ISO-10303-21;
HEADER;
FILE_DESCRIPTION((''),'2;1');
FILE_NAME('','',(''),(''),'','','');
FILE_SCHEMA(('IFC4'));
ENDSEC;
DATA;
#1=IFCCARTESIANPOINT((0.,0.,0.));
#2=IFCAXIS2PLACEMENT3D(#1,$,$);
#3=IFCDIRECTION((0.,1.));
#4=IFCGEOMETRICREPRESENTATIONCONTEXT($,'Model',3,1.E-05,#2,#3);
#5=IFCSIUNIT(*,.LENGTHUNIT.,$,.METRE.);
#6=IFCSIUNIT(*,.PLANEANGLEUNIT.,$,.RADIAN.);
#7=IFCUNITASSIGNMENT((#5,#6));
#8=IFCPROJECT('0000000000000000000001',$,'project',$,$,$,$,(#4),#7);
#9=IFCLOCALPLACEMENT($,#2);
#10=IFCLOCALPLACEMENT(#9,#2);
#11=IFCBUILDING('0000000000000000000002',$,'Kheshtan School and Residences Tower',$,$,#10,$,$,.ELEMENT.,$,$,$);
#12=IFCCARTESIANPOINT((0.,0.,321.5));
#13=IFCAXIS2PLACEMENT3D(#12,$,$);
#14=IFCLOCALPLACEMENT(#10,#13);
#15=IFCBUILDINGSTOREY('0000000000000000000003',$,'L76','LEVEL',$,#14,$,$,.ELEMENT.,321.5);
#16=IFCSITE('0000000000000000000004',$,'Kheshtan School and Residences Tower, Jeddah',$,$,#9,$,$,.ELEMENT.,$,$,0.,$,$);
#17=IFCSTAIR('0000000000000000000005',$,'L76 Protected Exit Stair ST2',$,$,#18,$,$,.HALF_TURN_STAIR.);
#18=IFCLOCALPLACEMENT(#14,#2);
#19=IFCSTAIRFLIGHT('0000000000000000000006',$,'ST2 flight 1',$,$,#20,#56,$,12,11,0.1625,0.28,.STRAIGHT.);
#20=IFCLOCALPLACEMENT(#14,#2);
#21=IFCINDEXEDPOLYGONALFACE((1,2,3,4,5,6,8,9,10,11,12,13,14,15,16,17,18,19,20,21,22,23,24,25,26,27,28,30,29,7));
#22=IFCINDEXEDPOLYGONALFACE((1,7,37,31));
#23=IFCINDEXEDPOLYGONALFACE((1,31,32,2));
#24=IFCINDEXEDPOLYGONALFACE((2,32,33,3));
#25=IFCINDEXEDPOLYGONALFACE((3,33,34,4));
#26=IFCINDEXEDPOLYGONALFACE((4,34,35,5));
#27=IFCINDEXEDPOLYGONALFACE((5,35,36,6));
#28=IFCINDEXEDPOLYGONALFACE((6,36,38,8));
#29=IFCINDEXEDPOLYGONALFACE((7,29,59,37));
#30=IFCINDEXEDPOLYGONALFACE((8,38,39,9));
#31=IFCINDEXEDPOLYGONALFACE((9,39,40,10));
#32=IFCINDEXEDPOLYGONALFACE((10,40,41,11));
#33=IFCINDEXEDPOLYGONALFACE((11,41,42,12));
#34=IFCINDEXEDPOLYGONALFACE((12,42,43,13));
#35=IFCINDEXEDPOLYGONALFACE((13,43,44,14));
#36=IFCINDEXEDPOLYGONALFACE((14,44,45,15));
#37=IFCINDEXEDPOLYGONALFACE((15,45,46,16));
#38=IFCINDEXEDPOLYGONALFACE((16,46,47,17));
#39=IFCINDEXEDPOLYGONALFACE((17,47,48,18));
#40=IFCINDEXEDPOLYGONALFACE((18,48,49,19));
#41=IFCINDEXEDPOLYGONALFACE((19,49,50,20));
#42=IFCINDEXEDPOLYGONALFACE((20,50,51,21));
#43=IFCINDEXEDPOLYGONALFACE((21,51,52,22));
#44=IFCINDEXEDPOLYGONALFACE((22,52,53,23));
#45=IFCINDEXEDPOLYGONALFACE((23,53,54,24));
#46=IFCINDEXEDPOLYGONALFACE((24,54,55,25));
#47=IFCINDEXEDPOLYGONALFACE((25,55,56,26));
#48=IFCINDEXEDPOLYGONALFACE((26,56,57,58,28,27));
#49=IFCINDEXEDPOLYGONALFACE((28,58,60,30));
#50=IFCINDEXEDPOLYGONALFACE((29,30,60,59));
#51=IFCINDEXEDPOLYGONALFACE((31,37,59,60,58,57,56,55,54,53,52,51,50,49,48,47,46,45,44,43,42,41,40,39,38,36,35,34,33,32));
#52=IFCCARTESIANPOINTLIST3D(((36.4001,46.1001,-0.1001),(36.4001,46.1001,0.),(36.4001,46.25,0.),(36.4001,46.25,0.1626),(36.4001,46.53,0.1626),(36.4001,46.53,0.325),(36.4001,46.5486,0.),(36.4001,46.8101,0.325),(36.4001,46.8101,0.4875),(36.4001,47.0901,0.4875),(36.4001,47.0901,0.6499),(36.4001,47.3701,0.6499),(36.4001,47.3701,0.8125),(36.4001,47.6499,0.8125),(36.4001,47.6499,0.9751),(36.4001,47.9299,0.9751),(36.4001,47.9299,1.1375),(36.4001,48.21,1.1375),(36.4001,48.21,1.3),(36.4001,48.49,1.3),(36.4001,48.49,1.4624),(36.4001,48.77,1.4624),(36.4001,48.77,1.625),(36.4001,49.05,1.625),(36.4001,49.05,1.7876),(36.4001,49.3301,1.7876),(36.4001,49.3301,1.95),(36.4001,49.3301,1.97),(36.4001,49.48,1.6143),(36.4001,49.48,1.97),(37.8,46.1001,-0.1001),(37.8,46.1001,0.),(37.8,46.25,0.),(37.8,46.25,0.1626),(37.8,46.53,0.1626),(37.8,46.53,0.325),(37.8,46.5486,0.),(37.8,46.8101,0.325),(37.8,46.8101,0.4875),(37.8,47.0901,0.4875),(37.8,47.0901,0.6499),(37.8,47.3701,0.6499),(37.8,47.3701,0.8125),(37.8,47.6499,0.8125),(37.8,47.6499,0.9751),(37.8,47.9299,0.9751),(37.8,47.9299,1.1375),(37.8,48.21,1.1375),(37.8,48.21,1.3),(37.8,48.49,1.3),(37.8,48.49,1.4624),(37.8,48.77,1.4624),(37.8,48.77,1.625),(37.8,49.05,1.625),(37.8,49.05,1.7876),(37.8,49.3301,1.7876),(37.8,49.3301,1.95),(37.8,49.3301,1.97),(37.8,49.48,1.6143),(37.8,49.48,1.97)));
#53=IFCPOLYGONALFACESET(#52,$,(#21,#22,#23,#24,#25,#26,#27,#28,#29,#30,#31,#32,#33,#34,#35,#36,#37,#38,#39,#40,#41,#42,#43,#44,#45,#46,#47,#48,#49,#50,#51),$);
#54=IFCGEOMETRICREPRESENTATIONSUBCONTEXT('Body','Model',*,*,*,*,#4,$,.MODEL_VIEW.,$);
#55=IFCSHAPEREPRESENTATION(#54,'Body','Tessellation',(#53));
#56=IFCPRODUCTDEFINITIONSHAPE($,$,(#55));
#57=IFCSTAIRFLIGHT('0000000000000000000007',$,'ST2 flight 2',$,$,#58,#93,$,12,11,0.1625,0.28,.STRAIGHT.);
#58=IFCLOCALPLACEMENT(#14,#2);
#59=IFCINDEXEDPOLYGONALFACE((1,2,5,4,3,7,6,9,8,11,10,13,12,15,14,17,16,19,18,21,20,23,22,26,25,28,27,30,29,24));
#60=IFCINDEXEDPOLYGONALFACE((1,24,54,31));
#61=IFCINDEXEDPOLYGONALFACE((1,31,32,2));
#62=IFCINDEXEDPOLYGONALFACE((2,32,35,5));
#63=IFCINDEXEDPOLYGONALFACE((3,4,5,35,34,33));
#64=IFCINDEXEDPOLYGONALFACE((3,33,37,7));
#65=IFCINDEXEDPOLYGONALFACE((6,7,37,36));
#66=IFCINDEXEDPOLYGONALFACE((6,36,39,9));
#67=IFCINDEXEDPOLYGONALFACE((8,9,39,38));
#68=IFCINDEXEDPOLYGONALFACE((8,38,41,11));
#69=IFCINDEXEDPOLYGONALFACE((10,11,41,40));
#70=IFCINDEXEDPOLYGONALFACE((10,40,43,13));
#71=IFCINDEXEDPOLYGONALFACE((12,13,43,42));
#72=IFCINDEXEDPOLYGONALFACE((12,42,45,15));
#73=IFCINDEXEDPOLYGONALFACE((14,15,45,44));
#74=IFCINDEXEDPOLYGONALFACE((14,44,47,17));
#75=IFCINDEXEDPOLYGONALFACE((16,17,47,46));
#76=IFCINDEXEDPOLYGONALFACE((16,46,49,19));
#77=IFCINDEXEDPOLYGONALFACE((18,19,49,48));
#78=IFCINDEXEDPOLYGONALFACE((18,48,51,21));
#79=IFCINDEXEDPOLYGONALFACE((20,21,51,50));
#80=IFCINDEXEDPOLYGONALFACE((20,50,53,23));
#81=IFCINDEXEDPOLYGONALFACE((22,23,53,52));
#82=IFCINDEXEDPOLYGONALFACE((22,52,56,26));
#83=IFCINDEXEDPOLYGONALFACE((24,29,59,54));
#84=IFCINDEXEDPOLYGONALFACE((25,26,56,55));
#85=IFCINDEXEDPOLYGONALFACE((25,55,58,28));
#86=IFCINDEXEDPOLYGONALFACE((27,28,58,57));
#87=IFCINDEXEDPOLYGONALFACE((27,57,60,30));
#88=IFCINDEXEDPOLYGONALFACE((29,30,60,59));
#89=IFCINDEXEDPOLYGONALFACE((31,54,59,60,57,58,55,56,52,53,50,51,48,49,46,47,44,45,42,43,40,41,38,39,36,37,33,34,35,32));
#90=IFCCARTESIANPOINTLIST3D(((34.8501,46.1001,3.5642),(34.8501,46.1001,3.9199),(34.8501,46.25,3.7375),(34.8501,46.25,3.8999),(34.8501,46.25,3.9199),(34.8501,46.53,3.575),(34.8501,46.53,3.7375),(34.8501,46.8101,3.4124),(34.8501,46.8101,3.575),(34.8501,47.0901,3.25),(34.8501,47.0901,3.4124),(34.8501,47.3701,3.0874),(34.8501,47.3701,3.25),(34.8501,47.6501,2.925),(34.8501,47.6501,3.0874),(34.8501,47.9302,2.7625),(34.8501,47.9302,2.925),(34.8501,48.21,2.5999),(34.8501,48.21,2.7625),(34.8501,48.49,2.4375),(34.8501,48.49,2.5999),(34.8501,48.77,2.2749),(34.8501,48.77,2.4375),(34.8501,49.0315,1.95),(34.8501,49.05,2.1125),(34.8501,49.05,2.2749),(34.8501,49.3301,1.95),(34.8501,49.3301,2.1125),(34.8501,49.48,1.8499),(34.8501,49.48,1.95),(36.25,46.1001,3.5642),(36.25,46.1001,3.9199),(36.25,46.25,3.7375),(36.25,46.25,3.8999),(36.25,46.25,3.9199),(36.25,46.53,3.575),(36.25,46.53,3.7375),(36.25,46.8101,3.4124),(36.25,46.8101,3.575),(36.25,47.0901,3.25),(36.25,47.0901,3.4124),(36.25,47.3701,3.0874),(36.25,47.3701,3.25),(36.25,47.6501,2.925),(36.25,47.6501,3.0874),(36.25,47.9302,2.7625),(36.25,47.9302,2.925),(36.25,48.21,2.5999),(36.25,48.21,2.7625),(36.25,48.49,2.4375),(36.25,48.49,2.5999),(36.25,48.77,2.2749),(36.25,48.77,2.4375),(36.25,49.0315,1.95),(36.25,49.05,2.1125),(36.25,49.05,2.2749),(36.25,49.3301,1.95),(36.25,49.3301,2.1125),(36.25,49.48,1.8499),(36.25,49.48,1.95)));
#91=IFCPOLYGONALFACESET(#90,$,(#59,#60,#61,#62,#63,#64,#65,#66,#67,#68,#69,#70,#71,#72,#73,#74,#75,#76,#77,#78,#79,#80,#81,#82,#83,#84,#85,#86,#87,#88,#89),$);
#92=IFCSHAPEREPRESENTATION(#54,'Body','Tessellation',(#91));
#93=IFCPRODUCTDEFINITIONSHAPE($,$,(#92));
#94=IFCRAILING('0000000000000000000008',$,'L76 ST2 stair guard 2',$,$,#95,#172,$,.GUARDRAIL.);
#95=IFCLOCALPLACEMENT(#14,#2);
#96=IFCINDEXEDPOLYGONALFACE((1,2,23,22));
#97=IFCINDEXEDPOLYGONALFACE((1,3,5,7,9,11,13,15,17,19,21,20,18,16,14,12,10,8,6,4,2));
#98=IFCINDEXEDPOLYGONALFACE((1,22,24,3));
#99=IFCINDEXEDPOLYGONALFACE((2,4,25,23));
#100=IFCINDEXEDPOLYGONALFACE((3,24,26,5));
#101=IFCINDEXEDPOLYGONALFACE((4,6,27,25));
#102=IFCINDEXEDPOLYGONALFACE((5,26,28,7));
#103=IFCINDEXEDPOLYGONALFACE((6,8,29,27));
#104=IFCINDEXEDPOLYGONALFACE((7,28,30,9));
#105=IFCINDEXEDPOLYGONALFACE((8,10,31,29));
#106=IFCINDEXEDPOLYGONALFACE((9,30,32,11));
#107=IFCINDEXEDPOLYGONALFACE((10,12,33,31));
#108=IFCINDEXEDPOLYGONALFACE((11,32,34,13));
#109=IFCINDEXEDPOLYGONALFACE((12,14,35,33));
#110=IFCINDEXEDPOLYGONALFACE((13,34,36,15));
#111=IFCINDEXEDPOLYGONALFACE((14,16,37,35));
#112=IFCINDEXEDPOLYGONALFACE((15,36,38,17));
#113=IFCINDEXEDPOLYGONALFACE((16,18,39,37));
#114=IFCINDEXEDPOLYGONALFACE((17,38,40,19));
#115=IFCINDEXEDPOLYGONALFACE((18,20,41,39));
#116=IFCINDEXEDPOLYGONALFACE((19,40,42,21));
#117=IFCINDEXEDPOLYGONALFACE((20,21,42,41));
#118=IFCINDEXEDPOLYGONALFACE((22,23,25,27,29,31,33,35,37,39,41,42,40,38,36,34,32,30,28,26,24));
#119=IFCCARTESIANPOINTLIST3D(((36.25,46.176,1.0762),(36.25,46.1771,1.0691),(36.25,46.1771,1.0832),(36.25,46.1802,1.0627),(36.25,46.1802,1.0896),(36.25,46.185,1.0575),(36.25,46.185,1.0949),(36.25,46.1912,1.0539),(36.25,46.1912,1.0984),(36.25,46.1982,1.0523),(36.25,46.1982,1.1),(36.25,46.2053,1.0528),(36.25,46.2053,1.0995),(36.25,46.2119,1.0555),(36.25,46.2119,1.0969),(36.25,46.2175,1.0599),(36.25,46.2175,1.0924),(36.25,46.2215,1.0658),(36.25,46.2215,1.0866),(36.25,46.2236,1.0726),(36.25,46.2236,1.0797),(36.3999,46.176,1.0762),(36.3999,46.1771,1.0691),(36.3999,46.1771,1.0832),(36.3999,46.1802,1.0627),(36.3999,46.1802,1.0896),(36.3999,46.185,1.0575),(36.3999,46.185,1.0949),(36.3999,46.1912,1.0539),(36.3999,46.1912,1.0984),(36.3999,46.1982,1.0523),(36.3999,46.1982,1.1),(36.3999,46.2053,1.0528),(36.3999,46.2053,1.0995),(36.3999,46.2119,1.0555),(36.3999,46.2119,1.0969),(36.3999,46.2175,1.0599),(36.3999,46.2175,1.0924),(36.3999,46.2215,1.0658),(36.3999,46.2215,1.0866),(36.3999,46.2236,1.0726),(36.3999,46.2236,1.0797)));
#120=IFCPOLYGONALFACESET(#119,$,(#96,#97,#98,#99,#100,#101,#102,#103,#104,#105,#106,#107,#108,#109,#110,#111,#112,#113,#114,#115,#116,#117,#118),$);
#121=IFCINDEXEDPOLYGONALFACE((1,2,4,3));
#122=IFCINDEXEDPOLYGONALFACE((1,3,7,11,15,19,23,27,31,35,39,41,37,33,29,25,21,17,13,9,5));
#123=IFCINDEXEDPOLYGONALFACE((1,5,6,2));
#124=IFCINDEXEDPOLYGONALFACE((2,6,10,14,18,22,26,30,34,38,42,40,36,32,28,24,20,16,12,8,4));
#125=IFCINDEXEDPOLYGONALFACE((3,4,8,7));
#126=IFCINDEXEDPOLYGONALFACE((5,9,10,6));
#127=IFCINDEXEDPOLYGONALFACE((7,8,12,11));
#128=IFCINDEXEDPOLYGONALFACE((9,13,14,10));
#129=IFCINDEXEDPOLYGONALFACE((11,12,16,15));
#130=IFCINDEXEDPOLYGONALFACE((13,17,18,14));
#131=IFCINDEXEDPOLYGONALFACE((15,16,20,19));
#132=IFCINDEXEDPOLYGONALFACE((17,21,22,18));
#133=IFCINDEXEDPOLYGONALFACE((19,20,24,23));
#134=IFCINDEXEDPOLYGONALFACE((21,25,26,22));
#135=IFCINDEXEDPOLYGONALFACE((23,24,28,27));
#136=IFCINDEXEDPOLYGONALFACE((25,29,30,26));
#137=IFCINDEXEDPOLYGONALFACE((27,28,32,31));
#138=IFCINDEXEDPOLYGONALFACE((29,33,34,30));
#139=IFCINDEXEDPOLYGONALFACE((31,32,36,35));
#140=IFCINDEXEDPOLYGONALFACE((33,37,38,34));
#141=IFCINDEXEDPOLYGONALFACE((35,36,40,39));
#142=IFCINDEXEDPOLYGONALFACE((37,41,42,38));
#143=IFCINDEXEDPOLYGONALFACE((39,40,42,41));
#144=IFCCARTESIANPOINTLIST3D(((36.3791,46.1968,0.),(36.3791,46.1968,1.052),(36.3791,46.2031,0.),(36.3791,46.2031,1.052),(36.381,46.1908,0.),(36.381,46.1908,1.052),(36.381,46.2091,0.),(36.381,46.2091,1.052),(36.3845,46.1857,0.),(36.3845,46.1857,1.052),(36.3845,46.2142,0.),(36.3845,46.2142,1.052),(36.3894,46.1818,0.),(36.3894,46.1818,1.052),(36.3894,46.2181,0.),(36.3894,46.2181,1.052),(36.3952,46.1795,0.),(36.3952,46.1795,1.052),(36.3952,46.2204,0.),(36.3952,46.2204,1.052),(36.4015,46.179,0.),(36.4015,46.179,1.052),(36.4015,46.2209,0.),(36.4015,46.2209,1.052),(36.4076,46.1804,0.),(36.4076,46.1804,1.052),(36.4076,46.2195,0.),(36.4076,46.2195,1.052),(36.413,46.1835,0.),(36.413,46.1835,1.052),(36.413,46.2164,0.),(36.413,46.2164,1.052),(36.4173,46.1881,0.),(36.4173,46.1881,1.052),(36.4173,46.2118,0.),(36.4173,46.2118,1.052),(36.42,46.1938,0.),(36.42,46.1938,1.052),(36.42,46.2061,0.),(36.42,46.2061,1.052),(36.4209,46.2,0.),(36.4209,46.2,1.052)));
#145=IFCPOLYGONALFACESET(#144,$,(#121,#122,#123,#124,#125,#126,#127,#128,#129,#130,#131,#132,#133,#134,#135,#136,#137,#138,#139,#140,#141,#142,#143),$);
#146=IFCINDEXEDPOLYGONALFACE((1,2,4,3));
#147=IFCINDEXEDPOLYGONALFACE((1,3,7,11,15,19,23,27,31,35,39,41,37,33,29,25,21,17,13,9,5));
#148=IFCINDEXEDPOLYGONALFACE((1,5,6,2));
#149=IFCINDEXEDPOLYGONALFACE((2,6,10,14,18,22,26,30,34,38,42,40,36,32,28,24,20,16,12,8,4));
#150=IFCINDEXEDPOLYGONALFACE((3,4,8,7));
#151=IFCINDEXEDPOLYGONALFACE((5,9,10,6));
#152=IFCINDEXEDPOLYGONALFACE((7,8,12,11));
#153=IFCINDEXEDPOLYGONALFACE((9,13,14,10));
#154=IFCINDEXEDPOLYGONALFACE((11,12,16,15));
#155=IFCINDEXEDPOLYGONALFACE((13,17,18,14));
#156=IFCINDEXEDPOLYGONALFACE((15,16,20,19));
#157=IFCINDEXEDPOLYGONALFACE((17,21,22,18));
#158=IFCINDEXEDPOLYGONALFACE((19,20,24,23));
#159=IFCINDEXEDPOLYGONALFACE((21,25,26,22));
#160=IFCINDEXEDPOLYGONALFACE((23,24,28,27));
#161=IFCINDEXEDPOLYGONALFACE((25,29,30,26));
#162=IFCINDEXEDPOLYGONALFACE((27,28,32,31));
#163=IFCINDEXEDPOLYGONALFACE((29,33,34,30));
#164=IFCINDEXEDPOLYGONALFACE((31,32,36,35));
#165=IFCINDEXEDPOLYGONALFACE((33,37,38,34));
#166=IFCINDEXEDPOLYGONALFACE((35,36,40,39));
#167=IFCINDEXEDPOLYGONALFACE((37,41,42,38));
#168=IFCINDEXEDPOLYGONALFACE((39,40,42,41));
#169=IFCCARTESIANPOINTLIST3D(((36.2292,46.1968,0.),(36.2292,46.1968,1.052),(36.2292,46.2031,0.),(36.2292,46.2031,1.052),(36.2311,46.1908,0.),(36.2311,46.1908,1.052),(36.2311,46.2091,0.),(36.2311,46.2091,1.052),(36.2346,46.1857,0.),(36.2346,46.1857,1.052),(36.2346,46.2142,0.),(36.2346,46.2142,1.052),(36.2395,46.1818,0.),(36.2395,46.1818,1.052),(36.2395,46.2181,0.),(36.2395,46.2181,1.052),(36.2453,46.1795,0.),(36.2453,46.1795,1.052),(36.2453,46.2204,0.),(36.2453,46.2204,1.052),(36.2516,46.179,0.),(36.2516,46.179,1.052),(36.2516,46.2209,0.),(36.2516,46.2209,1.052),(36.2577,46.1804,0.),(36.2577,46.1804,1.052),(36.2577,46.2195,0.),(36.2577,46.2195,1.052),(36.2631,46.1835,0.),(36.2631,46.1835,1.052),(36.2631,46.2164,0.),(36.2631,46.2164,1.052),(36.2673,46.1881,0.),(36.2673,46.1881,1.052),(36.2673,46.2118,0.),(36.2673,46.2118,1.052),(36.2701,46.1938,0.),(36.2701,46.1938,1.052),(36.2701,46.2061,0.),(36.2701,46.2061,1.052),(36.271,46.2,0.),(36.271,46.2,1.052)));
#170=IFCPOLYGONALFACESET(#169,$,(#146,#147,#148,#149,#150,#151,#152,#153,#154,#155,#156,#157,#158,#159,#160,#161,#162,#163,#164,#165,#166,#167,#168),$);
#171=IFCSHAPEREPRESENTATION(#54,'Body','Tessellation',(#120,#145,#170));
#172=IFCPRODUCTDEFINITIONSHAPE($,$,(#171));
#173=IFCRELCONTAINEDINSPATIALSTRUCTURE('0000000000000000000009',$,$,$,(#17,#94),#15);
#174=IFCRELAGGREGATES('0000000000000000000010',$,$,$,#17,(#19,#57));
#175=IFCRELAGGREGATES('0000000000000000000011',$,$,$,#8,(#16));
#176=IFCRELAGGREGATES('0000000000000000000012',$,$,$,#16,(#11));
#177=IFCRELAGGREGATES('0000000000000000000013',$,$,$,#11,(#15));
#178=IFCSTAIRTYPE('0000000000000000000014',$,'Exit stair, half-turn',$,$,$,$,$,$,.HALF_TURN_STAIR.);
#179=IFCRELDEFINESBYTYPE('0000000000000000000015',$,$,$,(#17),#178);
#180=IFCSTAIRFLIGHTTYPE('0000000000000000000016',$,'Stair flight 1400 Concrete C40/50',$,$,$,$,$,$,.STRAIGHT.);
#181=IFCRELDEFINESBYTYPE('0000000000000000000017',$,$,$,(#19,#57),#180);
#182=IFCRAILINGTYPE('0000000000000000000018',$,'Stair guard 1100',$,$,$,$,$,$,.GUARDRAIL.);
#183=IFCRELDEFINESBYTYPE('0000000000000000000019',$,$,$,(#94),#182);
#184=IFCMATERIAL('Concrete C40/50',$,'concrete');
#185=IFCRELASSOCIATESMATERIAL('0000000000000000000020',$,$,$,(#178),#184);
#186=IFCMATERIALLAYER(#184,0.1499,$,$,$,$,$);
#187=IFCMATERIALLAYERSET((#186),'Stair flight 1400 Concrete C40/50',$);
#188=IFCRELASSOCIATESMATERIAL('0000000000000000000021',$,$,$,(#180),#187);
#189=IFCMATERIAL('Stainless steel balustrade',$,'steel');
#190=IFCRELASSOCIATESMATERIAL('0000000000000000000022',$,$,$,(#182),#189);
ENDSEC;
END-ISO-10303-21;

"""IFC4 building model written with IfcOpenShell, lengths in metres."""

from ifc_helpers import new_model, si_unit, direction, frame, origin, origin_2d, place, context, subcontext, project, spatial, polyline, circle, outline, extrude, material, layer, layer_set, type_object, element, aggregate, save


model = new_model("IFC4")

# Units and contexts
model_context = context("Model", 3, precision=1e-05, world=origin(), true_north=direction((0.0, 1.0)))
body_context = subcontext(model_context, "Body", "Model", "MODEL_VIEW")
ifc_project = project(units=[si_unit("LENGTHUNIT", "METRE"), si_unit("PLANEANGLEUNIT", "RADIAN")], contexts=[model_context])

# Site, building, storey
site_placement = place(None, origin())
site = spatial("IfcSite", under=ifc_project, at=site_placement, Name="Kheshtan School and Residences Tower, Jeddah", CompositionType="ELEMENT", RefElevation=0.0)
building_placement = place(site_placement, origin())
building = spatial("IfcBuilding", under=site, at=building_placement, Name="Kheshtan School and Residences Tower", CompositionType="ELEMENT")
storey_placement = place(building_placement, frame((0.0, 0.0, 321.5)))
storey = spatial("IfcBuildingStorey", under=building, at=storey_placement, Name="L76", Description="LEVEL", CompositionType="ELEMENT", Elevation=321.5)

# Shared definitions
ifc_material_1 = material(Name="Concrete C40/50", Category="concrete")

# Stair, stair flights
stair_type = type_object("IfcStairType", Name="Exit stair, half-turn", PredefinedType="HALF_TURN_STAIR", material=ifc_material_1)
stair_placement = place(storey_placement, origin())
stair = element("IfcStair", 1, at=stair_placement, inside=storey, type_object=stair_type, Name="L76 Protected Exit Stair ST2", PredefinedType="HALF_TURN_STAIR")
ifc_layer_1 = layer(ifc_material_1, 0.1499)
ifc_layer_set_1 = layer_set([ifc_layer_1], Name="Stair flight 1400 Concrete C40/50")
stair_flight_type = type_object("IfcStairFlightType", Name="Stair flight 1400 Concrete C40/50", PredefinedType="STRAIGHT", material=ifc_layer_set_1)
stair_flight_1_placement = place(storey_placement, frame((37.1001, 46.25, 0.0), z_axis=(0.0, 0.0, 1.0), x_axis=(0.0, 1.0, 0.0)))
stair_flight_1 = element("IfcStairFlight", 2, at=stair_flight_1_placement, type_object=stair_flight_type, Name="ST2 flight 1", NumberOfRisers=12, NumberOfTreads=11, PredefinedType="STRAIGHT", RiserHeight=0.1625, TreadLength=0.28, context=body_context, shape_type="SweptSolid", body=[
    extrude(outline(polyline([(-0.1499, -0.1001), (-0.1499, 0.0), (0.0, 0.0), (0.0, 0.1626), (0.28, 0.1626), (0.28, 0.325), (0.5601, 0.325), (0.5601, 0.4875), (0.8401, 0.4875), (0.8401, 0.6499), (1.1201, 0.6499), (1.1201, 0.8125), (1.3999, 0.8125), (1.3999, 0.9751), (1.6799, 0.9751), (1.6799, 1.1375), (1.96, 1.1375), (1.96, 1.3), (2.24, 1.3), (2.24, 1.4624), (2.52, 1.4624), (2.52, 1.625), (2.8, 1.625), (2.8, 1.7876), (3.0801, 1.7876), (3.0801, 1.95), (3.0801, 1.97), (3.23, 1.97), (3.23, 1.6143), (0.2986, 0.0), (-0.1499, -0.1001)])), frame((0.0, 0.7, 0.0), z_axis=(0.0, -1.0, 0.0), x_axis=(1.0, 0.0, 0.0)), (0.0, 0.0, 1.0), 1.3999),
])
stair_flight_2_placement = place(storey_placement, frame((35.55, 49.3301, 1.95), z_axis=(0.0, 0.0, 1.0), x_axis=(0.0, -1.0, 0.0)))
stair_flight_2 = element("IfcStairFlight", 3, at=stair_flight_2_placement, type_object=stair_flight_type, Name="ST2 flight 2", NumberOfRisers=12, NumberOfTreads=11, PredefinedType="STRAIGHT", RiserHeight=0.1625, TreadLength=0.28, context=body_context, shape_type="SweptSolid", body=[
    extrude(outline(polyline([(-0.1499, -0.1001), (-0.1499, 0.0), (0.0, 0.0), (0.0, 0.1626), (0.28, 0.1626), (0.28, 0.325), (0.5601, 0.325), (0.5601, 0.4875), (0.8401, 0.4875), (0.8401, 0.6499), (1.1201, 0.6499), (1.1201, 0.8125), (1.3999, 0.8125), (1.3999, 0.9751), (1.6799, 0.9751), (1.6799, 1.1375), (1.96, 1.1375), (1.96, 1.3), (2.24, 1.3), (2.24, 1.4624), (2.52, 1.4624), (2.52, 1.625), (2.8, 1.625), (2.8, 1.7876), (3.0801, 1.7876), (3.0801, 1.95), (3.0801, 1.97), (3.23, 1.97), (3.23, 1.6143), (0.2986, 0.0), (-0.1499, -0.1001)])), frame((0.0, 0.7, 0.0), z_axis=(0.0, -1.0, 0.0), x_axis=(1.0, 0.0, 0.0)), (0.0, 0.0, 1.0), 1.3999),
])
aggregate(stair, [stair_flight_1, stair_flight_2])

# Railing
ifc_material_2 = material(Name="Stainless steel balustrade", Category="steel")
railing_type_1 = type_object("IfcRailingType", Name="Stair guard 1100", PredefinedType="GUARDRAIL", material=ifc_material_2)
railing_1_placement = place(storey_placement, frame((36.3999, 46.2, 0.0)))
element("IfcRailing", 4, at=railing_1_placement, inside=storey, type_object=railing_type_1, Name="L76 ST2 stair guard 2", PredefinedType="GUARDRAIL", context=body_context, shape_type="SweptSolid", body=[
    extrude(circle(Radius=0.0239, at=origin_2d()), frame((0.0, 0.0, 1.0762), z_axis=(-1.0, 0.0, 0.0), x_axis=(0.0, -1.0, 0.0)), (0.0, 0.0, 1.0), 0.1499),
    extrude(circle(Radius=0.021, at=origin_2d()), origin(), (0.0, 0.0, 1.0), 1.052),
    extrude(circle(Radius=0.021, at=origin_2d()), frame((-0.1499, 0.0, 0.0)), (0.0, 0.0, 1.0), 1.052),
])

save(model, "model.ifc")
